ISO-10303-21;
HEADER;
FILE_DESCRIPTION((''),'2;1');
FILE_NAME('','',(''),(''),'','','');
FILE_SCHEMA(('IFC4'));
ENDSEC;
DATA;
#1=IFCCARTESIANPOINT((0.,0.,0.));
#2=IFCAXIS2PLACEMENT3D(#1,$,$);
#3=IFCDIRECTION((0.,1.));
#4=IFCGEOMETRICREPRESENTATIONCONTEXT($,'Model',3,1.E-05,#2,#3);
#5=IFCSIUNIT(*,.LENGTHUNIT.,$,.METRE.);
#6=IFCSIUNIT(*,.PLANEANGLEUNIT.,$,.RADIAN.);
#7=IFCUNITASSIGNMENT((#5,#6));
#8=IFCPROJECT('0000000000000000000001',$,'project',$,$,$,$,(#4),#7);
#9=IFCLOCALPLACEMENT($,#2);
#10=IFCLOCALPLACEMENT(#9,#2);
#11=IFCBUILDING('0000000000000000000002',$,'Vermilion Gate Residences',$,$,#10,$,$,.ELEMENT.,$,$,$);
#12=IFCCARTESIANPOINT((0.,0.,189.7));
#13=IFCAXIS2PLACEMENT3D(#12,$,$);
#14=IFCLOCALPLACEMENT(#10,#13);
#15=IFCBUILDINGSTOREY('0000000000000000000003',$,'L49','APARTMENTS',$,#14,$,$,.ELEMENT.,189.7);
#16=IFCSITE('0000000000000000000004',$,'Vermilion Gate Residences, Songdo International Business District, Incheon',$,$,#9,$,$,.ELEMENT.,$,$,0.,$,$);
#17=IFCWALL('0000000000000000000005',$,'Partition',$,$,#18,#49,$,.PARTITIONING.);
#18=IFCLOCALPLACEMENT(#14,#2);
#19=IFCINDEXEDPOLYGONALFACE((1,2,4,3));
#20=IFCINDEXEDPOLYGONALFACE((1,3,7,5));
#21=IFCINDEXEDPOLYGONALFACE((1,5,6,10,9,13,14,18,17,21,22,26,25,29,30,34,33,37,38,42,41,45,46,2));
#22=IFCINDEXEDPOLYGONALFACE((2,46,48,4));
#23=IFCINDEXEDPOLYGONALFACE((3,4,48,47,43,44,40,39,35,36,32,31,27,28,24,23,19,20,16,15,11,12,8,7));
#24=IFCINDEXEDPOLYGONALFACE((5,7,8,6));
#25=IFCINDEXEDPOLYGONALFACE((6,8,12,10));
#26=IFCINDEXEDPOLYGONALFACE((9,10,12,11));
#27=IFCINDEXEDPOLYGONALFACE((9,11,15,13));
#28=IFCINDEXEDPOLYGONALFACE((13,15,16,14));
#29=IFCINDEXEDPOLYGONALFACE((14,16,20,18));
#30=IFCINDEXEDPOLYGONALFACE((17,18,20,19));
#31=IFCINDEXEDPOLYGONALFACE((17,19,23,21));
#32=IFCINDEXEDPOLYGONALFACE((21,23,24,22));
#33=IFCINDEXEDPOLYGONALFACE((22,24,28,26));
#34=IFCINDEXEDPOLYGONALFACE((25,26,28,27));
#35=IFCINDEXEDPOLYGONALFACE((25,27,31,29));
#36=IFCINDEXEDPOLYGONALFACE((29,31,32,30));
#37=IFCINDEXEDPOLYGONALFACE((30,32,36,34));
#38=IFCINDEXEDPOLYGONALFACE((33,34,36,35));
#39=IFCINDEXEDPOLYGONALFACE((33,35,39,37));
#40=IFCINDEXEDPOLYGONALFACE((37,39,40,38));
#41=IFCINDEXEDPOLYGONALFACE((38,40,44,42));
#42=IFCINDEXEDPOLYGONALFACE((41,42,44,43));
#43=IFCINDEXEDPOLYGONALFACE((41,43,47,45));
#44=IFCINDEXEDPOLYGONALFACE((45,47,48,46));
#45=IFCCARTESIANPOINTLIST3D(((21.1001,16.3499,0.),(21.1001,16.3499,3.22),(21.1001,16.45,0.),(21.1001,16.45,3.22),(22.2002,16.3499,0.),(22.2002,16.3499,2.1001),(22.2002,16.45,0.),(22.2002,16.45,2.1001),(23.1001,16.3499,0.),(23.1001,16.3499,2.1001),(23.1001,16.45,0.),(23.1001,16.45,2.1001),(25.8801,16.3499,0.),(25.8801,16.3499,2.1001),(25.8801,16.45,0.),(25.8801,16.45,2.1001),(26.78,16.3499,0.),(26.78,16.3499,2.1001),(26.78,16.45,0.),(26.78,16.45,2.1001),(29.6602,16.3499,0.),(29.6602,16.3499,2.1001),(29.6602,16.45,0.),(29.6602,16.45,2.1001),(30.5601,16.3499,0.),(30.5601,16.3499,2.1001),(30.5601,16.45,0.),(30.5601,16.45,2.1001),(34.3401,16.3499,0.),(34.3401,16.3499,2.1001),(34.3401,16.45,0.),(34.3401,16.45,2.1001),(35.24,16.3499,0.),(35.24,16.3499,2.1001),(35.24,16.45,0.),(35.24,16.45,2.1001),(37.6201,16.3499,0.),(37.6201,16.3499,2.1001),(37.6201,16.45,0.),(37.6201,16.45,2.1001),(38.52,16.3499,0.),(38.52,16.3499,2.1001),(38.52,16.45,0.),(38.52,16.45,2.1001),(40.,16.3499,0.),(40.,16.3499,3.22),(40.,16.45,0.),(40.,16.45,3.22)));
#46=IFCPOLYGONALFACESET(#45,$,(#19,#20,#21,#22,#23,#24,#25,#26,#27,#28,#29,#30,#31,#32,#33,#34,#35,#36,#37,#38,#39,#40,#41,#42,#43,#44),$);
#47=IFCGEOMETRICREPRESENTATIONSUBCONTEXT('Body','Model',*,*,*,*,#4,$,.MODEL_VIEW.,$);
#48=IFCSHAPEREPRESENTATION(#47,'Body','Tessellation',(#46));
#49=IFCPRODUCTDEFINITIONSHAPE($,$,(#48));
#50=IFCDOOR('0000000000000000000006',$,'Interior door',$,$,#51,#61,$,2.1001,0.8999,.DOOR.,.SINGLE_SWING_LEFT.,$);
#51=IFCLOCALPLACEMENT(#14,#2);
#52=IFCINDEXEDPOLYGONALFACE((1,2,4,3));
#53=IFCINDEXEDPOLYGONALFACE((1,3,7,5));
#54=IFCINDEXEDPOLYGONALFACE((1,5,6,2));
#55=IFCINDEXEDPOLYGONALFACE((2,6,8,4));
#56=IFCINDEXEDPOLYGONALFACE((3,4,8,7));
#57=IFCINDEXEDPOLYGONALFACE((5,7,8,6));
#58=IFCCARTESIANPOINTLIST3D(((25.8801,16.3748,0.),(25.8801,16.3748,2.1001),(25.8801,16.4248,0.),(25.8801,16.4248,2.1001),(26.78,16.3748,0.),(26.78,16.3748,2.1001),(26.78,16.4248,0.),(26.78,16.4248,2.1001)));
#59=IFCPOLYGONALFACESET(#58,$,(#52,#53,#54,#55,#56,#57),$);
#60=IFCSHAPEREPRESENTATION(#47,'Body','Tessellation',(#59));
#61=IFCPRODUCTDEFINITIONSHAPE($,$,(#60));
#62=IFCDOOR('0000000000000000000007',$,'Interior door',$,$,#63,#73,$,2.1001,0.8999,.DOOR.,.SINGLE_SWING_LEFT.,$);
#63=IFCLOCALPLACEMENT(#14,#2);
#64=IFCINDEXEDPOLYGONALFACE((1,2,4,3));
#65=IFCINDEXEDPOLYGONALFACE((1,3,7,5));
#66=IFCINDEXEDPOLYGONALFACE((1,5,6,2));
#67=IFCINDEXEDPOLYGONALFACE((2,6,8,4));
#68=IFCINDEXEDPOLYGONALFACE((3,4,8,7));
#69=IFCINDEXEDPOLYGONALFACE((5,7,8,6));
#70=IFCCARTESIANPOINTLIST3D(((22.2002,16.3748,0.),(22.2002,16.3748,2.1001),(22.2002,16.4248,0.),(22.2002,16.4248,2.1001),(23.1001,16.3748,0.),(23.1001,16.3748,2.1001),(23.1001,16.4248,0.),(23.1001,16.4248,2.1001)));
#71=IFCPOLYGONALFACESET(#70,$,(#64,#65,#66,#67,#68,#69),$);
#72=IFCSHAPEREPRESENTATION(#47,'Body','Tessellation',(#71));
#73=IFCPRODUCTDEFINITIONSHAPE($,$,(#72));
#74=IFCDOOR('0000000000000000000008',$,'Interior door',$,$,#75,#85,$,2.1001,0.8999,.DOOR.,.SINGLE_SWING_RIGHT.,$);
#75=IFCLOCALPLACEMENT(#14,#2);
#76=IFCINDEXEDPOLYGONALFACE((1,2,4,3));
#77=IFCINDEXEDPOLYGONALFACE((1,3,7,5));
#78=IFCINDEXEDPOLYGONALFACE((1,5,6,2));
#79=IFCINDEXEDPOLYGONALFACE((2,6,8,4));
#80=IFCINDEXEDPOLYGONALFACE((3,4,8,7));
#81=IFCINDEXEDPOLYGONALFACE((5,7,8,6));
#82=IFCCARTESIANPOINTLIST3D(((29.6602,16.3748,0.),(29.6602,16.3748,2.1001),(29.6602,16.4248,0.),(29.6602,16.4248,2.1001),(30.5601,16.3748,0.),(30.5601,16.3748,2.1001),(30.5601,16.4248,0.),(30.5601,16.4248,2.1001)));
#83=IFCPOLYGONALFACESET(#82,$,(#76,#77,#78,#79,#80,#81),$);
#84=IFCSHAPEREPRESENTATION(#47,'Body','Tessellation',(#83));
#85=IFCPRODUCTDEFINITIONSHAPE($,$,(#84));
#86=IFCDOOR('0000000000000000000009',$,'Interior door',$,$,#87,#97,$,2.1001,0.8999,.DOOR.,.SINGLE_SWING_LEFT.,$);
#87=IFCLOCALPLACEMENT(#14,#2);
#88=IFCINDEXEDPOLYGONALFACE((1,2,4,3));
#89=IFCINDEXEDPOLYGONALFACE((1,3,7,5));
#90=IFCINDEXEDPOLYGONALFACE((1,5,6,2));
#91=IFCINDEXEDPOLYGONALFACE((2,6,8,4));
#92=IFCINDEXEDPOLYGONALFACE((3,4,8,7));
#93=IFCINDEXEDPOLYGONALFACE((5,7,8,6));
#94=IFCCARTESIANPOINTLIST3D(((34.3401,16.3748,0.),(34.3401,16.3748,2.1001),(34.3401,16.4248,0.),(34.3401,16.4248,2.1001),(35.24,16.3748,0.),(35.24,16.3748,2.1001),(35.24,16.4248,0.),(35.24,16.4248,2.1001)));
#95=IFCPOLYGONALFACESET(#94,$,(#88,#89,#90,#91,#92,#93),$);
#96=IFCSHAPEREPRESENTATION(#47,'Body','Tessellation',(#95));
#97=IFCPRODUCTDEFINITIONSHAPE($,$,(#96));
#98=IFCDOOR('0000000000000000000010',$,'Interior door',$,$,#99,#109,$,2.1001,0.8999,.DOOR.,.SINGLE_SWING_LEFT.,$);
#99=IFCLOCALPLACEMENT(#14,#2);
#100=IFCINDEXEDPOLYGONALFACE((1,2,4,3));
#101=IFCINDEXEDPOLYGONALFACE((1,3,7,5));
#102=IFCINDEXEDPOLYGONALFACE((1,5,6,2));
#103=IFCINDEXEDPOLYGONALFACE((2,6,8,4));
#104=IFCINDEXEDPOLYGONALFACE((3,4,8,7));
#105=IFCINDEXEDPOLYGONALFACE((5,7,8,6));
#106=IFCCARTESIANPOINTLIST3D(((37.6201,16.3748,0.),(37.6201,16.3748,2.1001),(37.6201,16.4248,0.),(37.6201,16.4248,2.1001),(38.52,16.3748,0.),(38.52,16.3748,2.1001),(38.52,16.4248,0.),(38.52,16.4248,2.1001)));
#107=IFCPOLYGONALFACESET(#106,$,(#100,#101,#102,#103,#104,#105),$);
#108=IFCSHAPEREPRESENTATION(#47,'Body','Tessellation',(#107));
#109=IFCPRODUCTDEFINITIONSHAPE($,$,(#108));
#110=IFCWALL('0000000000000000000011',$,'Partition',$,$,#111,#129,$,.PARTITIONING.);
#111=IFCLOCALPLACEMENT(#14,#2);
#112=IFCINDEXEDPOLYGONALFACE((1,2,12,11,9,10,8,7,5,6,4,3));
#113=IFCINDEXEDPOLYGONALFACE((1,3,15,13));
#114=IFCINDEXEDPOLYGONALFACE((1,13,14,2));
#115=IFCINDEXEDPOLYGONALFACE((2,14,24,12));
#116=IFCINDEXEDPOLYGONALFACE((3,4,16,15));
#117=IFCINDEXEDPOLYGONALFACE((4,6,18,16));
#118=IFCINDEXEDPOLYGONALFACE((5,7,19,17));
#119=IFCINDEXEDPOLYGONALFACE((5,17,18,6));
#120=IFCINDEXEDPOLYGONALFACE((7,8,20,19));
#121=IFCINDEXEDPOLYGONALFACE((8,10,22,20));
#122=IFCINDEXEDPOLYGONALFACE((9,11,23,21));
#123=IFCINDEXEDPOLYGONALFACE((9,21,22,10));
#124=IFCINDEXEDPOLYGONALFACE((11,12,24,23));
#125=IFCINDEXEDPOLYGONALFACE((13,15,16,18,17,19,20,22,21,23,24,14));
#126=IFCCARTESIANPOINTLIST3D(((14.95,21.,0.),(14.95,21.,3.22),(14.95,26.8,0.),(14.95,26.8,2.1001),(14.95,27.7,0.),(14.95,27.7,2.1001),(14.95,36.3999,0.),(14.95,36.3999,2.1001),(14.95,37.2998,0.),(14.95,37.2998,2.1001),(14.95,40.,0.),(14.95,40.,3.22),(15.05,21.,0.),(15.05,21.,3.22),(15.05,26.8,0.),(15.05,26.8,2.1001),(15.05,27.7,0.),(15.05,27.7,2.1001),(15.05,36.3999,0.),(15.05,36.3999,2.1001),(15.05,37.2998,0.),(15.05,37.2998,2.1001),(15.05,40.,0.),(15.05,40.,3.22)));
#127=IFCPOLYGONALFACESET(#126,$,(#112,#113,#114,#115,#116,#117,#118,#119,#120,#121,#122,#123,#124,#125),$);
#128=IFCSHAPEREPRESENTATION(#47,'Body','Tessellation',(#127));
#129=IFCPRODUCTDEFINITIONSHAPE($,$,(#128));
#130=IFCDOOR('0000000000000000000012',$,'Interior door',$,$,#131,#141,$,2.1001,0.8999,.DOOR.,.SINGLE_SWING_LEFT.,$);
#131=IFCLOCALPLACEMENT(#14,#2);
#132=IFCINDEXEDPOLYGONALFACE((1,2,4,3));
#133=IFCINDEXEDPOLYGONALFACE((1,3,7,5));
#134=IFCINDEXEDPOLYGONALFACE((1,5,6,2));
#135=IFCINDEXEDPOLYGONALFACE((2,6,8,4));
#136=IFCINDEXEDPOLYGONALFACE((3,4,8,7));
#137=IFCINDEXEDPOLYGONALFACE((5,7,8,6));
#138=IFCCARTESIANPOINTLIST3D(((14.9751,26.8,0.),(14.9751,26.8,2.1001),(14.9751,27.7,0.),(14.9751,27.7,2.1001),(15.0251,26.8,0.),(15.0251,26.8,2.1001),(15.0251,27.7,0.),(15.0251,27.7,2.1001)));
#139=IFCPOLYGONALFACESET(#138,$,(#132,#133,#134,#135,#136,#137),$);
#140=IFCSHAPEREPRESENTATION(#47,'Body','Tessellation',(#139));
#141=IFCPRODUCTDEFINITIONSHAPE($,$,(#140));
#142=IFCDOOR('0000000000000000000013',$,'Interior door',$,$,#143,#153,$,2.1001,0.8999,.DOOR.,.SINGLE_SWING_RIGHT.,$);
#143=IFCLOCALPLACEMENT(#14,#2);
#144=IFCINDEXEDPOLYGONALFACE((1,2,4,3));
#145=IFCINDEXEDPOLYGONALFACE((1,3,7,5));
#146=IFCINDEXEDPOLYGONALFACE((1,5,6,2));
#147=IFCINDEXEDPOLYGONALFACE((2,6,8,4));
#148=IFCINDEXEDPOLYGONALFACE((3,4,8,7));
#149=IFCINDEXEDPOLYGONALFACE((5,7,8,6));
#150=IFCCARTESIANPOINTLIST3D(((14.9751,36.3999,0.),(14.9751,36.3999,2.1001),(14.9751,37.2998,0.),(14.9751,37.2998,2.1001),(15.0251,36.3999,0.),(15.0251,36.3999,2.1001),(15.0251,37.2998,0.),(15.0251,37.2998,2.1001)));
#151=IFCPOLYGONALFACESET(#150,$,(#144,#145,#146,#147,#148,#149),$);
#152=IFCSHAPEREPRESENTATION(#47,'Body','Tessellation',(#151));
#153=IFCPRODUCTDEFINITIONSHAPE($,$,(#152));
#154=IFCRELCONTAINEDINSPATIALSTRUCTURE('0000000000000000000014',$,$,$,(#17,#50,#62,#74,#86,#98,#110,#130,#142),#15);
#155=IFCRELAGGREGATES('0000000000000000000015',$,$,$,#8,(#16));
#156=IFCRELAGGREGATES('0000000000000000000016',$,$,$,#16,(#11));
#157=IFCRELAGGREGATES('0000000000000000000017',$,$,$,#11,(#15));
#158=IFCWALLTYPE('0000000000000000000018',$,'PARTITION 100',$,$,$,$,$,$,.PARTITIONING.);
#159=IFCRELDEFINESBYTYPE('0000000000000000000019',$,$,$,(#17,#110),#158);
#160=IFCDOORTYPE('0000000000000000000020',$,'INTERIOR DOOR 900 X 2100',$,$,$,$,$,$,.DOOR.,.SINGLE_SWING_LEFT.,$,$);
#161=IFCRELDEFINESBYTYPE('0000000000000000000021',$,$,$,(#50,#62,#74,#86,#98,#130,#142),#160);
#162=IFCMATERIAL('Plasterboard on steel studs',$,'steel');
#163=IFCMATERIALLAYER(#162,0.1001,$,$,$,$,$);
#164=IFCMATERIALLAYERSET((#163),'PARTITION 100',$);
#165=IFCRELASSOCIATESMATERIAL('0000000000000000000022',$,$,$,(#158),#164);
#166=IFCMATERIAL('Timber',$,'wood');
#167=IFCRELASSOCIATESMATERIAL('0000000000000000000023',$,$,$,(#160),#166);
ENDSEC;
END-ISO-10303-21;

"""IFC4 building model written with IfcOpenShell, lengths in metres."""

from ifc_helpers import new_model, si_unit, direction, frame, frame_2d, origin, place, context, subcontext, project, spatial, rectangle, extrude, material, layer, layer_set, type_object, element, fill, save


model = new_model("IFC4")

# Units and contexts
model_context = context("Model", 3, precision=1e-05, world=origin(), true_north=direction((0.0, 1.0)))
body_context = subcontext(model_context, "Body", "Model", "MODEL_VIEW")
ifc_project = project(units=[si_unit("LENGTHUNIT", "METRE"), si_unit("PLANEANGLEUNIT", "RADIAN")], contexts=[model_context])

# Site, building, storey
site_placement = place(None, origin())
site = spatial("IfcSite", under=ifc_project, at=site_placement, Name="Vermilion Gate Residences, Songdo International Business District, Incheon", CompositionType="ELEMENT", RefElevation=0.0)
building_placement = place(site_placement, origin())
building = spatial("IfcBuilding", under=site, at=building_placement, Name="Vermilion Gate Residences", CompositionType="ELEMENT")
storey_placement = place(building_placement, frame((0.0, 0.0, 189.7)))
storey = spatial("IfcBuildingStorey", under=building, at=storey_placement, Name="L49", Description="APARTMENTS", CompositionType="ELEMENT", Elevation=189.7)

# Walls, openings, doors
ifc_material_1 = material(Name="Plasterboard on steel studs", Category="steel")
ifc_layer_1 = layer(ifc_material_1, 0.1001)
ifc_layer_set_1 = layer_set([ifc_layer_1], Name="PARTITION 100")
wall_type_1 = type_object("IfcWallType", Name="PARTITION 100", PredefinedType="PARTITIONING", material=ifc_layer_set_1)
ifc_material_2 = material(Name="Timber", Category="wood")
door_type_1 = type_object("IfcDoorType", Name="INTERIOR DOOR 900 X 2100", OperationType="SINGLE_SWING_LEFT", PredefinedType="DOOR", material=ifc_material_2)
wall_1_placement = place(storey_placement, frame((21.1001, 16.3999, 0.0), z_axis=(0.0, 0.0, 1.0), x_axis=(1.0, 0.0, 0.0)))
wall_1 = element("IfcWall", 1, at=wall_1_placement, inside=storey, type_object=wall_type_1, Name="Partition", PredefinedType="PARTITIONING", context=body_context, shape_type="SweptSolid", body=[
    extrude(rectangle(XDim=18.8999, YDim=0.1001, at=frame_2d((9.45, 0.0))), origin(), (0.0, 0.0, 1.0), 3.22),
])
opening_1_placement = place(wall_1_placement, frame((4.78, 0.0, 0.0)))
opening_1 = element("IfcOpeningElement", 2, at=opening_1_placement, cuts=wall_1, PredefinedType="OPENING", context=body_context, shape_type="SweptSolid", body=[
    extrude(rectangle(XDim=0.8999, YDim=2.1001, at=frame_2d((0.45, 1.05))), frame((0.0, 0.0601, 0.0), z_axis=(0.0, -1.0, 0.0), x_axis=(1.0, 0.0, 0.0)), (0.0, 0.0, 1.0), 0.1201),
])
opening_2_placement = place(wall_1_placement, frame((1.1001, 0.0, 0.0)))
opening_2 = element("IfcOpeningElement", 3, at=opening_2_placement, cuts=wall_1, PredefinedType="OPENING", context=body_context, shape_type="SweptSolid", body=[
    extrude(rectangle(XDim=0.8999, YDim=2.1001, at=frame_2d((0.45, 1.05))), frame((0.0, 0.0601, 0.0), z_axis=(0.0, -1.0, 0.0), x_axis=(1.0, 0.0, 0.0)), (0.0, 0.0, 1.0), 0.1201),
])
opening_3_placement = place(wall_1_placement, frame((8.5601, 0.0, 0.0)))
opening_3 = element("IfcOpeningElement", 4, at=opening_3_placement, cuts=wall_1, PredefinedType="OPENING", context=body_context, shape_type="SweptSolid", body=[
    extrude(rectangle(XDim=0.8999, YDim=2.1001, at=frame_2d((0.45, 1.05))), frame((0.0, 0.0601, 0.0), z_axis=(0.0, -1.0, 0.0), x_axis=(1.0, 0.0, 0.0)), (0.0, 0.0, 1.0), 0.1201),
])
opening_4_placement = place(wall_1_placement, frame((13.24, 0.0, 0.0)))
opening_4 = element("IfcOpeningElement", 5, at=opening_4_placement, cuts=wall_1, PredefinedType="OPENING", context=body_context, shape_type="SweptSolid", body=[
    extrude(rectangle(XDim=0.8999, YDim=2.1001, at=frame_2d((0.45, 1.05))), frame((0.0, 0.0601, 0.0), z_axis=(0.0, -1.0, 0.0), x_axis=(1.0, 0.0, 0.0)), (0.0, 0.0, 1.0), 0.1201),
])
opening_5_placement = place(wall_1_placement, frame((16.52, 0.0, 0.0)))
opening_5 = element("IfcOpeningElement", 6, at=opening_5_placement, cuts=wall_1, PredefinedType="OPENING", context=body_context, shape_type="SweptSolid", body=[
    extrude(rectangle(XDim=0.8999, YDim=2.1001, at=frame_2d((0.45, 1.05))), frame((0.0, 0.0601, 0.0), z_axis=(0.0, -1.0, 0.0), x_axis=(1.0, 0.0, 0.0)), (0.0, 0.0, 1.0), 0.1201),
])
door_1_placement = place(opening_1_placement, origin())
door_1 = element("IfcDoor", 7, at=door_1_placement, inside=storey, type_object=door_type_1, Name="Interior door", OperationType="SINGLE_SWING_LEFT", OverallHeight=2.1001, OverallWidth=0.8999, PredefinedType="DOOR", context=body_context, shape_type="SweptSolid", body=[
    extrude(rectangle(XDim=0.8999, YDim=2.1001, at=frame_2d((0.45, 1.05))), frame((0.0, 0.0249, 0.0), z_axis=(0.0, -1.0, 0.0), x_axis=(1.0, 0.0, 0.0)), (0.0, 0.0, 1.0), 0.05),
])
fill(opening_1, door_1)
door_2_placement = place(opening_2_placement, origin())
door_2 = element("IfcDoor", 8, at=door_2_placement, inside=storey, type_object=door_type_1, Name="Interior door", OperationType="SINGLE_SWING_LEFT", OverallHeight=2.1001, OverallWidth=0.8999, PredefinedType="DOOR", context=body_context, shape_type="SweptSolid", body=[
    extrude(rectangle(XDim=0.8999, YDim=2.1001, at=frame_2d((0.45, 1.05))), frame((0.0, 0.0249, 0.0), z_axis=(0.0, -1.0, 0.0), x_axis=(1.0, 0.0, 0.0)), (0.0, 0.0, 1.0), 0.05),
])
fill(opening_2, door_2)
door_3_placement = place(opening_3_placement, origin())
door_3 = element("IfcDoor", 9, at=door_3_placement, inside=storey, type_object=door_type_1, Name="Interior door", OperationType="SINGLE_SWING_RIGHT", OverallHeight=2.1001, OverallWidth=0.8999, PredefinedType="DOOR", context=body_context, shape_type="SweptSolid", body=[
    extrude(rectangle(XDim=0.8999, YDim=2.1001, at=frame_2d((0.45, 1.05))), frame((0.0, 0.0249, 0.0), z_axis=(0.0, -1.0, 0.0), x_axis=(1.0, 0.0, 0.0)), (0.0, 0.0, 1.0), 0.05),
])
fill(opening_3, door_3)
door_4_placement = place(opening_4_placement, origin())
door_4 = element("IfcDoor", 10, at=door_4_placement, inside=storey, type_object=door_type_1, Name="Interior door", OperationType="SINGLE_SWING_LEFT", OverallHeight=2.1001, OverallWidth=0.8999, PredefinedType="DOOR", context=body_context, shape_type="SweptSolid", body=[
    extrude(rectangle(XDim=0.8999, YDim=2.1001, at=frame_2d((0.45, 1.05))), frame((0.0, 0.0249, 0.0), z_axis=(0.0, -1.0, 0.0), x_axis=(1.0, 0.0, 0.0)), (0.0, 0.0, 1.0), 0.05),
])
fill(opening_4, door_4)
door_5_placement = place(opening_5_placement, origin())
door_5 = element("IfcDoor", 11, at=door_5_placement, inside=storey, type_object=door_type_1, Name="Interior door", OperationType="SINGLE_SWING_LEFT", OverallHeight=2.1001, OverallWidth=0.8999, PredefinedType="DOOR", context=body_context, shape_type="SweptSolid", body=[
    extrude(rectangle(XDim=0.8999, YDim=2.1001, at=frame_2d((0.45, 1.05))), frame((0.0, 0.0249, 0.0), z_axis=(0.0, -1.0, 0.0), x_axis=(1.0, 0.0, 0.0)), (0.0, 0.0, 1.0), 0.05),
])
fill(opening_5, door_5)
wall_2_placement = place(storey_placement, frame((15.0, 21.0, 0.0), z_axis=(0.0, 0.0, 1.0), x_axis=(0.0, 1.0, 0.0)))
wall_2 = element("IfcWall", 12, at=wall_2_placement, inside=storey, type_object=wall_type_1, Name="Partition", PredefinedType="PARTITIONING", context=body_context, shape_type="SweptSolid", body=[
    extrude(rectangle(XDim=19.0, YDim=0.1001, at=frame_2d((9.5, 0.0))), origin(), (0.0, 0.0, 1.0), 3.22),
])
opening_6_placement = place(wall_2_placement, frame((5.8, 0.0, 0.0)))
opening_6 = element("IfcOpeningElement", 13, at=opening_6_placement, cuts=wall_2, PredefinedType="OPENING", context=body_context, shape_type="SweptSolid", body=[
    extrude(rectangle(XDim=0.8999, YDim=2.1001, at=frame_2d((0.45, 1.05))), frame((0.0, 0.0601, 0.0), z_axis=(0.0, -1.0, 0.0), x_axis=(1.0, 0.0, 0.0)), (0.0, 0.0, 1.0), 0.1201),
])
opening_7_placement = place(wall_2_placement, frame((15.3999, 0.0, 0.0)))
opening_7 = element("IfcOpeningElement", 14, at=opening_7_placement, cuts=wall_2, PredefinedType="OPENING", context=body_context, shape_type="SweptSolid", body=[
    extrude(rectangle(XDim=0.8999, YDim=2.1001, at=frame_2d((0.45, 1.05))), frame((0.0, 0.0601, 0.0), z_axis=(0.0, -1.0, 0.0), x_axis=(1.0, 0.0, 0.0)), (0.0, 0.0, 1.0), 0.1201),
])
door_6_placement = place(opening_6_placement, origin())
door_6 = element("IfcDoor", 15, at=door_6_placement, inside=storey, type_object=door_type_1, Name="Interior door", OperationType="SINGLE_SWING_LEFT", OverallHeight=2.1001, OverallWidth=0.8999, PredefinedType="DOOR", context=body_context, shape_type="SweptSolid", body=[
    extrude(rectangle(XDim=0.8999, YDim=2.1001, at=frame_2d((0.45, 1.05))), frame((0.0, 0.0249, 0.0), z_axis=(0.0, -1.0, 0.0), x_axis=(1.0, 0.0, 0.0)), (0.0, 0.0, 1.0), 0.05),
])
fill(opening_6, door_6)
door_7_placement = place(opening_7_placement, origin())
door_7 = element("IfcDoor", 16, at=door_7_placement, inside=storey, type_object=door_type_1, Name="Interior door", OperationType="SINGLE_SWING_RIGHT", OverallHeight=2.1001, OverallWidth=0.8999, PredefinedType="DOOR", context=body_context, shape_type="SweptSolid", body=[
    extrude(rectangle(XDim=0.8999, YDim=2.1001, at=frame_2d((0.45, 1.05))), frame((0.0, 0.0249, 0.0), z_axis=(0.0, -1.0, 0.0), x_axis=(1.0, 0.0, 0.0)), (0.0, 0.0, 1.0), 0.05),
])
fill(opening_7, door_7)

save(model, "model.ifc")
